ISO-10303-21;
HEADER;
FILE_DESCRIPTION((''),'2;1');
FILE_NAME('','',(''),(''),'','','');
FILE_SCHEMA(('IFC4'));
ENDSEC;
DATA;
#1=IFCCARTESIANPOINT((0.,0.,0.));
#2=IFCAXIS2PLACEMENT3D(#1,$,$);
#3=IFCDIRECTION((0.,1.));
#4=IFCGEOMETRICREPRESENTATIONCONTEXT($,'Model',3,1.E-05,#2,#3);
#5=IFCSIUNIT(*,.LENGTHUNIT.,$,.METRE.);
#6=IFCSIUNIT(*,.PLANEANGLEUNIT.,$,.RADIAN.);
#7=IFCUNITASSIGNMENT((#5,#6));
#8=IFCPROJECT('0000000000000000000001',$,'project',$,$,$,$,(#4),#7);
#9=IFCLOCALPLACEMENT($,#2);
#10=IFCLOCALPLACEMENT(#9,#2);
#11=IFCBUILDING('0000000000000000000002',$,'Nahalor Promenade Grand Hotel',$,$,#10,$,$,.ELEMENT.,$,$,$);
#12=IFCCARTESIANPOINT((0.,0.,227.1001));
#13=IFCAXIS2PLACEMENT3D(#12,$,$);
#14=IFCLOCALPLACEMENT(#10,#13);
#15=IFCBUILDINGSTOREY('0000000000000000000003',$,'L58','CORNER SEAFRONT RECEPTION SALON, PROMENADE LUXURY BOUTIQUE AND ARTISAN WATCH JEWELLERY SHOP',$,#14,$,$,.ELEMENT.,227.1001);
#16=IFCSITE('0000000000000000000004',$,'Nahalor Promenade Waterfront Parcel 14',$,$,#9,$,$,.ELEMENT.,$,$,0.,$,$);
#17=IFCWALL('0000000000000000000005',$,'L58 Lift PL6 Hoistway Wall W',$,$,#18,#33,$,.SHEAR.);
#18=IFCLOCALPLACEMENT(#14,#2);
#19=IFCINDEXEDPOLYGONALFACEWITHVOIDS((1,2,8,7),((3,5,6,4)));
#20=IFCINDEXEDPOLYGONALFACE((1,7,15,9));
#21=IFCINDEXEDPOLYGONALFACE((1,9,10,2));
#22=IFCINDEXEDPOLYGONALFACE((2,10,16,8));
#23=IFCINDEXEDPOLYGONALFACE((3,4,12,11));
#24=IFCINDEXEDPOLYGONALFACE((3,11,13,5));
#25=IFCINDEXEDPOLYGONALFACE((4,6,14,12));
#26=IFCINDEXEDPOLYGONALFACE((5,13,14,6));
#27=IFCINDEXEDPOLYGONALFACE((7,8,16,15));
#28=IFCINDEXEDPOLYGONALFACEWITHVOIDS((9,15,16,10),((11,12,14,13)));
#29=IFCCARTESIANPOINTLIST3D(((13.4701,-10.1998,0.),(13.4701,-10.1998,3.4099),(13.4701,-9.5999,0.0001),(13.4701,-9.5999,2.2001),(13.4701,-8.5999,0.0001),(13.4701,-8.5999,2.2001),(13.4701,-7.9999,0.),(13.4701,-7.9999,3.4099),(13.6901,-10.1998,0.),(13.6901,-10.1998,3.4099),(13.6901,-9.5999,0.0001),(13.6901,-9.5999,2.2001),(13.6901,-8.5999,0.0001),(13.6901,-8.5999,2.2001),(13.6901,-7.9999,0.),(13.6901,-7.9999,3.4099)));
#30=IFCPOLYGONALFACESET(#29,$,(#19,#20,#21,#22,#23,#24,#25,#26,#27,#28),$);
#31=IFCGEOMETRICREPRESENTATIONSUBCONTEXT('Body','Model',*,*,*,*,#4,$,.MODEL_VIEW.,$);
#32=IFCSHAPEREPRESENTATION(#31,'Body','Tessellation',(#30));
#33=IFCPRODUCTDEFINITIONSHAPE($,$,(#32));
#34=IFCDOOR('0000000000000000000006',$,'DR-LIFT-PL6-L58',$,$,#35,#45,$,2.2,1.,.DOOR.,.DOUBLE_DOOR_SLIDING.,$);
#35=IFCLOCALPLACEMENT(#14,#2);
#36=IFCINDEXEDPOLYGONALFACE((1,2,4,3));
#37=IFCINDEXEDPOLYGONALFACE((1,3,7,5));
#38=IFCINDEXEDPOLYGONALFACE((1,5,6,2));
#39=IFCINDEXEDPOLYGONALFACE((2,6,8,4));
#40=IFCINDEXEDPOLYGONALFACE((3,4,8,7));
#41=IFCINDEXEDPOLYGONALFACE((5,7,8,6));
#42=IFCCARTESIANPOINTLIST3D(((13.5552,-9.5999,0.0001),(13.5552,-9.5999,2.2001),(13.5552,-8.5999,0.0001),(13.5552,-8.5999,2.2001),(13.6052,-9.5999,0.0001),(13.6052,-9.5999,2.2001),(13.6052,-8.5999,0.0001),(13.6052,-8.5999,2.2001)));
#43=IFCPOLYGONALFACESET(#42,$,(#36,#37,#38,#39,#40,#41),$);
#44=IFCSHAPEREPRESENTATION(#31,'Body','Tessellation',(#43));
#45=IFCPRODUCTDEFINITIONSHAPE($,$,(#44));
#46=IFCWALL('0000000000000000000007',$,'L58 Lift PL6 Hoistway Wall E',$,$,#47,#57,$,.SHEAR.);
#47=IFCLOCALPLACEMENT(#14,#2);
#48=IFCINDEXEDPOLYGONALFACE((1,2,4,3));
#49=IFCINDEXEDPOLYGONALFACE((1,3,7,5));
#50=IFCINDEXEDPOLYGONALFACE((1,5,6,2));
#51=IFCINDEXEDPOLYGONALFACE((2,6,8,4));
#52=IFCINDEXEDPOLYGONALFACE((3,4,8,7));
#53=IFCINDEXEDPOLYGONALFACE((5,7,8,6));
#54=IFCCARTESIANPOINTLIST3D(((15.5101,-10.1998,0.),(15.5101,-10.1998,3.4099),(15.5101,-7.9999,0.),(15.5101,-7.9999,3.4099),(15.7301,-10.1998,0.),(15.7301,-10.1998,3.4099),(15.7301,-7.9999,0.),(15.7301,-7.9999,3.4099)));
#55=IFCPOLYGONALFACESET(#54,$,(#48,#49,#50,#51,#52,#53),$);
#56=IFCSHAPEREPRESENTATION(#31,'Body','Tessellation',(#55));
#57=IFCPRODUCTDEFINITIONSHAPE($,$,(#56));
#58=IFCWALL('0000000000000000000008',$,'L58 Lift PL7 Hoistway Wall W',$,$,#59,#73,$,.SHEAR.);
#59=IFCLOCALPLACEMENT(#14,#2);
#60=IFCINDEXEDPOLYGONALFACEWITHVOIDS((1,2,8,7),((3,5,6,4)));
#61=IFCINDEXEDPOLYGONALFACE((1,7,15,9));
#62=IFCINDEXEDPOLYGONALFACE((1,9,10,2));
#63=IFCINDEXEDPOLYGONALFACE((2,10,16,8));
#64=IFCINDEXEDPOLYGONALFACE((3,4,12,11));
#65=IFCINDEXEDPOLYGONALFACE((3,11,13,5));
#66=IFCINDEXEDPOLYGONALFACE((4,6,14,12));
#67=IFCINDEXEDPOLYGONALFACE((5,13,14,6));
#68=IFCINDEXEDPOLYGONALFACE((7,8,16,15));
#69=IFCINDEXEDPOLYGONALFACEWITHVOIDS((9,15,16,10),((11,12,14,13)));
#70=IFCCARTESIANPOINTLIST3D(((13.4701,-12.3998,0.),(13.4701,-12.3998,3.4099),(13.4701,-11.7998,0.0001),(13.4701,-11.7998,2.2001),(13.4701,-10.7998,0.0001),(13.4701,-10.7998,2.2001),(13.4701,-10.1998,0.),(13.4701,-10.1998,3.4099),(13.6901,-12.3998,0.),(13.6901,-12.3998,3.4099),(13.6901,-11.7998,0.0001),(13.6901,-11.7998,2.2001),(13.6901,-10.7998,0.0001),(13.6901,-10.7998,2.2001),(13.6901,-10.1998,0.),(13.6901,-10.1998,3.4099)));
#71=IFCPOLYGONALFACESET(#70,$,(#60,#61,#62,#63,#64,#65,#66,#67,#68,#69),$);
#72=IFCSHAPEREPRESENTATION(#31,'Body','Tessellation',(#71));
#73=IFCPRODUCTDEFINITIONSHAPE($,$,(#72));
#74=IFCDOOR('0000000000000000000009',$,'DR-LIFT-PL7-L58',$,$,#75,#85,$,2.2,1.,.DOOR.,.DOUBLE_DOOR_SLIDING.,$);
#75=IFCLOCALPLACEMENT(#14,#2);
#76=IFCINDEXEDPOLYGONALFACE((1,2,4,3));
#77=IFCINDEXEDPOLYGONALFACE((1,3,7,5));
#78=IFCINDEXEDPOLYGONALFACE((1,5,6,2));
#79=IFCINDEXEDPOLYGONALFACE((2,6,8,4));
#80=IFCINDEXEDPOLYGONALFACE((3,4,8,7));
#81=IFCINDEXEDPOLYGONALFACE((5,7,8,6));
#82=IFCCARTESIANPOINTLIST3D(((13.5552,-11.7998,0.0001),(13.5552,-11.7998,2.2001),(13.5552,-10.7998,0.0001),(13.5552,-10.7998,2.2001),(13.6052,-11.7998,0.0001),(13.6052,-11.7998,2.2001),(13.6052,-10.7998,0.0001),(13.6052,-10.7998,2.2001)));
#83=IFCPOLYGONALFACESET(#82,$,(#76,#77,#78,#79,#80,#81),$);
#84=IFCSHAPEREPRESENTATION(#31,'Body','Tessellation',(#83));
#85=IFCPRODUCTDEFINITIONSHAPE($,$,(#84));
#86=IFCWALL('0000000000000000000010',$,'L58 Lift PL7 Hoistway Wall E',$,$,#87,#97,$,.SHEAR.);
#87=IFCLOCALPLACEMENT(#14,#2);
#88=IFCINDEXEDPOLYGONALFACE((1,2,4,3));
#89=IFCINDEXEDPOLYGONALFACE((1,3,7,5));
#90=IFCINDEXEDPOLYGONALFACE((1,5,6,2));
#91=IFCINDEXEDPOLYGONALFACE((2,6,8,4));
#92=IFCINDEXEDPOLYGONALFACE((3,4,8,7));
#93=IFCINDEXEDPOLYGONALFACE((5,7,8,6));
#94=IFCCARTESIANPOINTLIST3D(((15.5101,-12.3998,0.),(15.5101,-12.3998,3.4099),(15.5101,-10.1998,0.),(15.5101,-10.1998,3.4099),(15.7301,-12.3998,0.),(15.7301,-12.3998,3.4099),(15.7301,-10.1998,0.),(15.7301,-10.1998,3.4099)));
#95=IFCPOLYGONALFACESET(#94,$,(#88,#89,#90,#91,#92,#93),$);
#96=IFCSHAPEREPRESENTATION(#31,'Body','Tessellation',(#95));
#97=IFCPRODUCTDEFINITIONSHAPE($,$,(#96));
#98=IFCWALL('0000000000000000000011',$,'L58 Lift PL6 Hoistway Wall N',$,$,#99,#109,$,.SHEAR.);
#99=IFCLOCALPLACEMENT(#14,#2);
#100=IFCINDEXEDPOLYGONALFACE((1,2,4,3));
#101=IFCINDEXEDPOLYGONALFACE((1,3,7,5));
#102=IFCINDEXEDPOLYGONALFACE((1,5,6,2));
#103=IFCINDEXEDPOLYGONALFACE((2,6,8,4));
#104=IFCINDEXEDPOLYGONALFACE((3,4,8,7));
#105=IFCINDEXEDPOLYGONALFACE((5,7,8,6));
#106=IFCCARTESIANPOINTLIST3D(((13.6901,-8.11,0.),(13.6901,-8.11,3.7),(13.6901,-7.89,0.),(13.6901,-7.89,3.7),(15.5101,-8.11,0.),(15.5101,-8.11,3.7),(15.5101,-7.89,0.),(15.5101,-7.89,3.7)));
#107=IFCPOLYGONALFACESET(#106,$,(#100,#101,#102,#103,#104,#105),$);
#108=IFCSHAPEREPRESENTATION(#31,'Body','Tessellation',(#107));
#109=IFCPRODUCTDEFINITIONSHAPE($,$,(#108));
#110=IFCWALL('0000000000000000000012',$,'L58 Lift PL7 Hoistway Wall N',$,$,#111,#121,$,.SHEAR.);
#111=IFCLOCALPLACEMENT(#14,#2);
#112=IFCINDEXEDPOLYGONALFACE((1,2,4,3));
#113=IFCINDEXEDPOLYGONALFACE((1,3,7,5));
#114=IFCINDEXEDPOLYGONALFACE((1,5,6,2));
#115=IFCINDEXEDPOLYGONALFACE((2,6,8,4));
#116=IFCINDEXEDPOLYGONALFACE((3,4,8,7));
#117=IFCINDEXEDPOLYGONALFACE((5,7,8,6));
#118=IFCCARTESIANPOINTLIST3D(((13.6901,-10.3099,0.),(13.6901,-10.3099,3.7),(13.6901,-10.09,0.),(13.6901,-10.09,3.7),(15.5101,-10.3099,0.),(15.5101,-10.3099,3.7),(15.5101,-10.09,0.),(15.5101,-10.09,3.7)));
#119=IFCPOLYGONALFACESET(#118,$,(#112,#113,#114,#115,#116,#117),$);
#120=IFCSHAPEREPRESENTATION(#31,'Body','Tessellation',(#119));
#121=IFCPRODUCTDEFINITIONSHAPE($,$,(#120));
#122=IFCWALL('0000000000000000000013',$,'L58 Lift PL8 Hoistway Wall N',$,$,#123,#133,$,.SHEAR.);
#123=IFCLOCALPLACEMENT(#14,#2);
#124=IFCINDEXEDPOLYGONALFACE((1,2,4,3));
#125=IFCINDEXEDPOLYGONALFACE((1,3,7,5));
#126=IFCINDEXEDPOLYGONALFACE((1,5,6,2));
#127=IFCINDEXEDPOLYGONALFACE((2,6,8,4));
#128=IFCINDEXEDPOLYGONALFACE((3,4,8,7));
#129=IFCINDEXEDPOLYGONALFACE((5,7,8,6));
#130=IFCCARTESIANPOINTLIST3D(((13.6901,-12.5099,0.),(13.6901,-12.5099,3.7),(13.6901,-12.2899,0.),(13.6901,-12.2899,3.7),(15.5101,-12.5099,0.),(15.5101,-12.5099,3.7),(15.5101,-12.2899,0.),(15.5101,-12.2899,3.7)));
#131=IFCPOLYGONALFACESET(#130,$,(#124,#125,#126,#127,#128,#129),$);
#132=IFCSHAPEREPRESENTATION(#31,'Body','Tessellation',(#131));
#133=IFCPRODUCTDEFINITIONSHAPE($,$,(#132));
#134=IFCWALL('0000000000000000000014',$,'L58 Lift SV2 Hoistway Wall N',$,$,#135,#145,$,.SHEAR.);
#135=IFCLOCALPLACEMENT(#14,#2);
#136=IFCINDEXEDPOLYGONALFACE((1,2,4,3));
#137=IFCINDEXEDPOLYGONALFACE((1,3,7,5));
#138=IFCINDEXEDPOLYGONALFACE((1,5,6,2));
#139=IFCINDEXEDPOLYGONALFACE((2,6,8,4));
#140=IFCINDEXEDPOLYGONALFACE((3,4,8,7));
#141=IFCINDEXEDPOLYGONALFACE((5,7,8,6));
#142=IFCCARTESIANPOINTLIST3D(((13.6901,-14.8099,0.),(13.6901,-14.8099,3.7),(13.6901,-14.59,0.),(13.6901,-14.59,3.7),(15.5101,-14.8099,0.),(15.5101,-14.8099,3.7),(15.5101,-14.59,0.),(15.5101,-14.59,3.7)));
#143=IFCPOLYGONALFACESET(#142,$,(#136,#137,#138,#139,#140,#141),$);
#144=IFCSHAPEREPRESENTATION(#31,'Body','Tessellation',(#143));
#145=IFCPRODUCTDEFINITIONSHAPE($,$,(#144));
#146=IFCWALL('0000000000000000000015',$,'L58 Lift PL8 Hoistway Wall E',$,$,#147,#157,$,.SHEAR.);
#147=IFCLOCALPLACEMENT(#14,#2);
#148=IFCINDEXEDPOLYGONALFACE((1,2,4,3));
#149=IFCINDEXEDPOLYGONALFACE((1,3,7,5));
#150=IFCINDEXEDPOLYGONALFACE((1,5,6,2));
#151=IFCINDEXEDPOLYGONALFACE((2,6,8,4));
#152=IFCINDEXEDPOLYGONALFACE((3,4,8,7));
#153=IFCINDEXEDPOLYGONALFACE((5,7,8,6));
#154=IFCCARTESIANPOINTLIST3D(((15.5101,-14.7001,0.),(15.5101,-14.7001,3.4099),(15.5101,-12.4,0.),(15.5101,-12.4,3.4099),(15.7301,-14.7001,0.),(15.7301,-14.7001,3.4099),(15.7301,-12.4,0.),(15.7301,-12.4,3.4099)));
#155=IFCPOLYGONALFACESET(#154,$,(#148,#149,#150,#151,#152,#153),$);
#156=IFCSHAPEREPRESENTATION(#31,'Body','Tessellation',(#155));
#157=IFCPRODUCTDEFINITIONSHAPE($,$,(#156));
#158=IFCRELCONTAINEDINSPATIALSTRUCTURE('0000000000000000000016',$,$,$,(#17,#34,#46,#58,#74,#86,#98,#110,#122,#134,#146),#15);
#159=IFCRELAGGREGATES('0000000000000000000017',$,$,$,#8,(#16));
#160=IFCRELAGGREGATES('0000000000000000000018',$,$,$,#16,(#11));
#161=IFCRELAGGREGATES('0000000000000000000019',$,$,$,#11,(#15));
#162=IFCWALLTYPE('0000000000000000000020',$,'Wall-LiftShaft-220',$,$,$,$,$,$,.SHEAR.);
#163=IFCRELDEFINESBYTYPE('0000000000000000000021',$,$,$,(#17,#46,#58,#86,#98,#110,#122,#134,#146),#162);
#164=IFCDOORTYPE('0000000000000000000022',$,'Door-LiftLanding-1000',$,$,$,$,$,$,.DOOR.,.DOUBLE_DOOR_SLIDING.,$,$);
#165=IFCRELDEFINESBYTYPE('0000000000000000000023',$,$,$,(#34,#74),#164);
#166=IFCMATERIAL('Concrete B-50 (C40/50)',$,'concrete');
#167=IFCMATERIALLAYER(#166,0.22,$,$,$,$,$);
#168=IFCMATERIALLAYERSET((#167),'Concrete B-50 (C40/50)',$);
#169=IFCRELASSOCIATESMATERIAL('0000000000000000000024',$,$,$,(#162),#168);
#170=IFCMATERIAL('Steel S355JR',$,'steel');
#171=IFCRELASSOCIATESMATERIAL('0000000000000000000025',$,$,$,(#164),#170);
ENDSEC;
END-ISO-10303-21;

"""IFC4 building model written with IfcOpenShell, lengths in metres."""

from ifc_helpers import new_model, si_unit, direction, frame, frame_2d, origin, place, context, subcontext, project, spatial, rectangle, extrude, source, transform, mapped, material, layer, layer_set, type_object, element, fill, save


model = new_model("IFC4")

# Units and contexts
model_context = context("Model", 3, precision=1e-05, world=origin(), true_north=direction((0.0, 1.0)))
body_context = subcontext(model_context, "Body", "Model", "MODEL_VIEW")
ifc_project = project(units=[si_unit("LENGTHUNIT", "METRE"), si_unit("PLANEANGLEUNIT", "RADIAN")], contexts=[model_context])

# Site, building, storey
site_placement = place(None, origin())
site = spatial("IfcSite", under=ifc_project, at=site_placement, Name="Nahalor Promenade Waterfront Parcel 14", CompositionType="ELEMENT", RefElevation=0.0)
building_placement = place(site_placement, origin())
building = spatial("IfcBuilding", under=site, at=building_placement, Name="Nahalor Promenade Grand Hotel", CompositionType="ELEMENT")
storey_placement = place(building_placement, frame((0.0, 0.0, 227.1001)))
storey = spatial("IfcBuildingStorey", under=building, at=storey_placement, Name="L58", Description="CORNER SEAFRONT RECEPTION SALON, PROMENADE LUXURY BOUTIQUE AND ARTISAN WATCH JEWELLERY SHOP", CompositionType="ELEMENT", Elevation=227.1001)

# Shared definitions
ifc_material_1 = material(Name="Steel S355JR", Category="steel")

# Shared definitions
ifc_material_2 = material(Name="Concrete B-50 (C40/50)", Category="concrete")
ifc_layer_1 = layer(ifc_material_2, 0.22)
ifc_layer_set_1 = layer_set([ifc_layer_1], Name="Concrete B-50 (C40/50)")
wall_type_1 = type_object("IfcWallType", Name="Wall-LiftShaft-220", PredefinedType="SHEAR", material=ifc_layer_set_1)
door_type_1 = type_object("IfcDoorType", Name="Door-LiftLanding-1000", OperationType="DOUBLE_DOOR_SLIDING", PredefinedType="DOOR", material=ifc_material_1)
shared_shape_1 = source(origin(), body_context, "Body", "SweptSolid", [
    extrude(rectangle(XDim=1.0, YDim=2.2, at=frame_2d((0.5, 1.1001))), frame((0.0, 0.0249, 0.0), z_axis=(0.0, -1.0, 0.0), x_axis=(1.0, 0.0, 0.0)), (0.0, 0.0, 1.0), 0.05),
])

# Wall, opening, door
shared_shape_2 = source(origin(), body_context, "Body", "SweptSolid", [
    extrude(rectangle(XDim=2.2, YDim=0.22, at=frame_2d((1.1001, 0.0))), origin(), (0.0, 0.0, 1.0), 3.4099),
])
wall_1_placement = place(storey_placement, frame((13.5801, -10.2, 0.0), z_axis=(0.0, 0.0, 1.0), x_axis=(0.0, 1.0, 0.0)))
wall_1 = element("IfcWall", 1, at=wall_1_placement, inside=storey, type_object=wall_type_1, Name="L58 Lift PL6 Hoistway Wall W", PredefinedType="SHEAR", context=body_context, shape_type="MappedRepresentation", body=[
    mapped(shared_shape_2, transform((0.0, 0.0, 0.0), scale=1.0)),
])
opening_1_placement = place(wall_1_placement, frame((0.6001, 0.0, 0.0)))
opening_1 = element("IfcOpeningElement", 2, at=opening_1_placement, cuts=wall_1, PredefinedType="OPENING", context=body_context, shape_type="SweptSolid", body=[
    extrude(rectangle(XDim=1.0, YDim=2.2, at=frame_2d((0.5, 1.1001))), frame((0.0, 0.1199, 0.0), z_axis=(0.0, -1.0, 0.0), x_axis=(1.0, 0.0, 0.0)), (0.0, 0.0, 1.0), 0.24),
])
door_1_placement = place(opening_1_placement, origin())
door_1 = element("IfcDoor", 3, at=door_1_placement, inside=storey, type_object=door_type_1, Name="DR-LIFT-PL6-L58", OperationType="DOUBLE_DOOR_SLIDING", OverallHeight=2.2, OverallWidth=1.0, PredefinedType="DOOR", context=body_context, shape_type="MappedRepresentation", body=[
    mapped(shared_shape_1, transform((0.0, 0.0, 0.0), scale=1.0)),
])
fill(opening_1, door_1)

# Wall
wall_2_placement = place(storey_placement, frame((15.6201, -10.2, 0.0), z_axis=(0.0, 0.0, 1.0), x_axis=(0.0, 1.0, 0.0)))
element("IfcWall", 4, at=wall_2_placement, inside=storey, type_object=wall_type_1, Name="L58 Lift PL6 Hoistway Wall E", PredefinedType="SHEAR", context=body_context, shape_type="MappedRepresentation", body=[
    mapped(shared_shape_2, transform((0.0, 0.0, 0.0), scale=1.0)),
])

# Wall, opening, door
wall_3_placement = place(storey_placement, frame((13.5801, -12.3999, 0.0), z_axis=(0.0, 0.0, 1.0), x_axis=(0.0, 1.0, 0.0)))
wall_3 = element("IfcWall", 5, at=wall_3_placement, inside=storey, type_object=wall_type_1, Name="L58 Lift PL7 Hoistway Wall W", PredefinedType="SHEAR", context=body_context, shape_type="MappedRepresentation", body=[
    mapped(shared_shape_2, transform((0.0, 0.0, 0.0), scale=1.0)),
])
opening_2_placement = place(wall_3_placement, frame((0.6001, 0.0, 0.0)))
opening_2 = element("IfcOpeningElement", 6, at=opening_2_placement, cuts=wall_3, PredefinedType="OPENING", context=body_context, shape_type="SweptSolid", body=[
    extrude(rectangle(XDim=1.0, YDim=2.2, at=frame_2d((0.5, 1.1001))), frame((0.0, 0.1199, 0.0), z_axis=(0.0, -1.0, 0.0), x_axis=(1.0, 0.0, 0.0)), (0.0, 0.0, 1.0), 0.24),
])
door_2_placement = place(opening_2_placement, origin())
door_2 = element("IfcDoor", 7, at=door_2_placement, inside=storey, type_object=door_type_1, Name="DR-LIFT-PL7-L58", OperationType="DOUBLE_DOOR_SLIDING", OverallHeight=2.2, OverallWidth=1.0, PredefinedType="DOOR", context=body_context, shape_type="MappedRepresentation", body=[
    mapped(shared_shape_1, transform((0.0, 0.0, 0.0), scale=1.0)),
])
fill(opening_2, door_2)

# Walls
wall_4_placement = place(storey_placement, frame((15.6201, -12.3999, 0.0), z_axis=(0.0, 0.0, 1.0), x_axis=(0.0, 1.0, 0.0)))
element("IfcWall", 8, at=wall_4_placement, inside=storey, type_object=wall_type_1, Name="L58 Lift PL7 Hoistway Wall E", PredefinedType="SHEAR", context=body_context, shape_type="MappedRepresentation", body=[
    mapped(shared_shape_2, transform((0.0, 0.0, 0.0), scale=1.0)),
])
shared_shape_3 = source(origin(), body_context, "Body", "SweptSolid", [
    extrude(rectangle(XDim=1.8201, YDim=0.22, at=frame_2d((0.9102, 0.0))), origin(), (0.0, 0.0, 1.0), 3.7),
])
for number, where, z_axis, x_axis, name in (
    (9, (13.6899, -8.0, 0.0), (0.0, 0.0, 1.0), (1.0, 0.0, 0.0), "L58 Lift PL6 Hoistway Wall N"),
    (10, (13.6899, -10.2, 0.0), (0.0, 0.0, 1.0), (1.0, 0.0, 0.0), "L58 Lift PL7 Hoistway Wall N"),
    (11, (13.6899, -12.3999, 0.0), (0.0, 0.0, 1.0), (1.0, 0.0, 0.0), "L58 Lift PL8 Hoistway Wall N"),
    (12, (13.6899, -14.7, 0.0), (0.0, 0.0, 1.0), (1.0, 0.0, 0.0), "L58 Lift SV2 Hoistway Wall N"),
):
    element("IfcWall", number, at=place(storey_placement, frame(where, z_axis=z_axis, x_axis=x_axis)), inside=storey, type_object=wall_type_1, Name=name, PredefinedType="SHEAR", context=body_context, shape_type="MappedRepresentation", body=[
        mapped(shared_shape_3, transform((0.0, 0.0, 0.0), scale=1.0)),
    ])
shared_shape_4 = source(origin(), body_context, "Body", "SweptSolid", [
    extrude(rectangle(XDim=2.3, YDim=0.22, at=frame_2d((1.1499, 0.0))), origin(), (0.0, 0.0, 1.0), 3.4099),
])
wall_5_placement = place(storey_placement, frame((15.6201, -14.7, 0.0), z_axis=(0.0, 0.0, 1.0), x_axis=(0.0, 1.0, 0.0)))
element("IfcWall", 13, at=wall_5_placement, inside=storey, type_object=wall_type_1, Name="L58 Lift PL8 Hoistway Wall E", PredefinedType="SHEAR", context=body_context, shape_type="MappedRepresentation", body=[
    mapped(shared_shape_4, transform((0.0, 0.0, 0.0), scale=1.0)),
])

save(model, "model.ifc")
